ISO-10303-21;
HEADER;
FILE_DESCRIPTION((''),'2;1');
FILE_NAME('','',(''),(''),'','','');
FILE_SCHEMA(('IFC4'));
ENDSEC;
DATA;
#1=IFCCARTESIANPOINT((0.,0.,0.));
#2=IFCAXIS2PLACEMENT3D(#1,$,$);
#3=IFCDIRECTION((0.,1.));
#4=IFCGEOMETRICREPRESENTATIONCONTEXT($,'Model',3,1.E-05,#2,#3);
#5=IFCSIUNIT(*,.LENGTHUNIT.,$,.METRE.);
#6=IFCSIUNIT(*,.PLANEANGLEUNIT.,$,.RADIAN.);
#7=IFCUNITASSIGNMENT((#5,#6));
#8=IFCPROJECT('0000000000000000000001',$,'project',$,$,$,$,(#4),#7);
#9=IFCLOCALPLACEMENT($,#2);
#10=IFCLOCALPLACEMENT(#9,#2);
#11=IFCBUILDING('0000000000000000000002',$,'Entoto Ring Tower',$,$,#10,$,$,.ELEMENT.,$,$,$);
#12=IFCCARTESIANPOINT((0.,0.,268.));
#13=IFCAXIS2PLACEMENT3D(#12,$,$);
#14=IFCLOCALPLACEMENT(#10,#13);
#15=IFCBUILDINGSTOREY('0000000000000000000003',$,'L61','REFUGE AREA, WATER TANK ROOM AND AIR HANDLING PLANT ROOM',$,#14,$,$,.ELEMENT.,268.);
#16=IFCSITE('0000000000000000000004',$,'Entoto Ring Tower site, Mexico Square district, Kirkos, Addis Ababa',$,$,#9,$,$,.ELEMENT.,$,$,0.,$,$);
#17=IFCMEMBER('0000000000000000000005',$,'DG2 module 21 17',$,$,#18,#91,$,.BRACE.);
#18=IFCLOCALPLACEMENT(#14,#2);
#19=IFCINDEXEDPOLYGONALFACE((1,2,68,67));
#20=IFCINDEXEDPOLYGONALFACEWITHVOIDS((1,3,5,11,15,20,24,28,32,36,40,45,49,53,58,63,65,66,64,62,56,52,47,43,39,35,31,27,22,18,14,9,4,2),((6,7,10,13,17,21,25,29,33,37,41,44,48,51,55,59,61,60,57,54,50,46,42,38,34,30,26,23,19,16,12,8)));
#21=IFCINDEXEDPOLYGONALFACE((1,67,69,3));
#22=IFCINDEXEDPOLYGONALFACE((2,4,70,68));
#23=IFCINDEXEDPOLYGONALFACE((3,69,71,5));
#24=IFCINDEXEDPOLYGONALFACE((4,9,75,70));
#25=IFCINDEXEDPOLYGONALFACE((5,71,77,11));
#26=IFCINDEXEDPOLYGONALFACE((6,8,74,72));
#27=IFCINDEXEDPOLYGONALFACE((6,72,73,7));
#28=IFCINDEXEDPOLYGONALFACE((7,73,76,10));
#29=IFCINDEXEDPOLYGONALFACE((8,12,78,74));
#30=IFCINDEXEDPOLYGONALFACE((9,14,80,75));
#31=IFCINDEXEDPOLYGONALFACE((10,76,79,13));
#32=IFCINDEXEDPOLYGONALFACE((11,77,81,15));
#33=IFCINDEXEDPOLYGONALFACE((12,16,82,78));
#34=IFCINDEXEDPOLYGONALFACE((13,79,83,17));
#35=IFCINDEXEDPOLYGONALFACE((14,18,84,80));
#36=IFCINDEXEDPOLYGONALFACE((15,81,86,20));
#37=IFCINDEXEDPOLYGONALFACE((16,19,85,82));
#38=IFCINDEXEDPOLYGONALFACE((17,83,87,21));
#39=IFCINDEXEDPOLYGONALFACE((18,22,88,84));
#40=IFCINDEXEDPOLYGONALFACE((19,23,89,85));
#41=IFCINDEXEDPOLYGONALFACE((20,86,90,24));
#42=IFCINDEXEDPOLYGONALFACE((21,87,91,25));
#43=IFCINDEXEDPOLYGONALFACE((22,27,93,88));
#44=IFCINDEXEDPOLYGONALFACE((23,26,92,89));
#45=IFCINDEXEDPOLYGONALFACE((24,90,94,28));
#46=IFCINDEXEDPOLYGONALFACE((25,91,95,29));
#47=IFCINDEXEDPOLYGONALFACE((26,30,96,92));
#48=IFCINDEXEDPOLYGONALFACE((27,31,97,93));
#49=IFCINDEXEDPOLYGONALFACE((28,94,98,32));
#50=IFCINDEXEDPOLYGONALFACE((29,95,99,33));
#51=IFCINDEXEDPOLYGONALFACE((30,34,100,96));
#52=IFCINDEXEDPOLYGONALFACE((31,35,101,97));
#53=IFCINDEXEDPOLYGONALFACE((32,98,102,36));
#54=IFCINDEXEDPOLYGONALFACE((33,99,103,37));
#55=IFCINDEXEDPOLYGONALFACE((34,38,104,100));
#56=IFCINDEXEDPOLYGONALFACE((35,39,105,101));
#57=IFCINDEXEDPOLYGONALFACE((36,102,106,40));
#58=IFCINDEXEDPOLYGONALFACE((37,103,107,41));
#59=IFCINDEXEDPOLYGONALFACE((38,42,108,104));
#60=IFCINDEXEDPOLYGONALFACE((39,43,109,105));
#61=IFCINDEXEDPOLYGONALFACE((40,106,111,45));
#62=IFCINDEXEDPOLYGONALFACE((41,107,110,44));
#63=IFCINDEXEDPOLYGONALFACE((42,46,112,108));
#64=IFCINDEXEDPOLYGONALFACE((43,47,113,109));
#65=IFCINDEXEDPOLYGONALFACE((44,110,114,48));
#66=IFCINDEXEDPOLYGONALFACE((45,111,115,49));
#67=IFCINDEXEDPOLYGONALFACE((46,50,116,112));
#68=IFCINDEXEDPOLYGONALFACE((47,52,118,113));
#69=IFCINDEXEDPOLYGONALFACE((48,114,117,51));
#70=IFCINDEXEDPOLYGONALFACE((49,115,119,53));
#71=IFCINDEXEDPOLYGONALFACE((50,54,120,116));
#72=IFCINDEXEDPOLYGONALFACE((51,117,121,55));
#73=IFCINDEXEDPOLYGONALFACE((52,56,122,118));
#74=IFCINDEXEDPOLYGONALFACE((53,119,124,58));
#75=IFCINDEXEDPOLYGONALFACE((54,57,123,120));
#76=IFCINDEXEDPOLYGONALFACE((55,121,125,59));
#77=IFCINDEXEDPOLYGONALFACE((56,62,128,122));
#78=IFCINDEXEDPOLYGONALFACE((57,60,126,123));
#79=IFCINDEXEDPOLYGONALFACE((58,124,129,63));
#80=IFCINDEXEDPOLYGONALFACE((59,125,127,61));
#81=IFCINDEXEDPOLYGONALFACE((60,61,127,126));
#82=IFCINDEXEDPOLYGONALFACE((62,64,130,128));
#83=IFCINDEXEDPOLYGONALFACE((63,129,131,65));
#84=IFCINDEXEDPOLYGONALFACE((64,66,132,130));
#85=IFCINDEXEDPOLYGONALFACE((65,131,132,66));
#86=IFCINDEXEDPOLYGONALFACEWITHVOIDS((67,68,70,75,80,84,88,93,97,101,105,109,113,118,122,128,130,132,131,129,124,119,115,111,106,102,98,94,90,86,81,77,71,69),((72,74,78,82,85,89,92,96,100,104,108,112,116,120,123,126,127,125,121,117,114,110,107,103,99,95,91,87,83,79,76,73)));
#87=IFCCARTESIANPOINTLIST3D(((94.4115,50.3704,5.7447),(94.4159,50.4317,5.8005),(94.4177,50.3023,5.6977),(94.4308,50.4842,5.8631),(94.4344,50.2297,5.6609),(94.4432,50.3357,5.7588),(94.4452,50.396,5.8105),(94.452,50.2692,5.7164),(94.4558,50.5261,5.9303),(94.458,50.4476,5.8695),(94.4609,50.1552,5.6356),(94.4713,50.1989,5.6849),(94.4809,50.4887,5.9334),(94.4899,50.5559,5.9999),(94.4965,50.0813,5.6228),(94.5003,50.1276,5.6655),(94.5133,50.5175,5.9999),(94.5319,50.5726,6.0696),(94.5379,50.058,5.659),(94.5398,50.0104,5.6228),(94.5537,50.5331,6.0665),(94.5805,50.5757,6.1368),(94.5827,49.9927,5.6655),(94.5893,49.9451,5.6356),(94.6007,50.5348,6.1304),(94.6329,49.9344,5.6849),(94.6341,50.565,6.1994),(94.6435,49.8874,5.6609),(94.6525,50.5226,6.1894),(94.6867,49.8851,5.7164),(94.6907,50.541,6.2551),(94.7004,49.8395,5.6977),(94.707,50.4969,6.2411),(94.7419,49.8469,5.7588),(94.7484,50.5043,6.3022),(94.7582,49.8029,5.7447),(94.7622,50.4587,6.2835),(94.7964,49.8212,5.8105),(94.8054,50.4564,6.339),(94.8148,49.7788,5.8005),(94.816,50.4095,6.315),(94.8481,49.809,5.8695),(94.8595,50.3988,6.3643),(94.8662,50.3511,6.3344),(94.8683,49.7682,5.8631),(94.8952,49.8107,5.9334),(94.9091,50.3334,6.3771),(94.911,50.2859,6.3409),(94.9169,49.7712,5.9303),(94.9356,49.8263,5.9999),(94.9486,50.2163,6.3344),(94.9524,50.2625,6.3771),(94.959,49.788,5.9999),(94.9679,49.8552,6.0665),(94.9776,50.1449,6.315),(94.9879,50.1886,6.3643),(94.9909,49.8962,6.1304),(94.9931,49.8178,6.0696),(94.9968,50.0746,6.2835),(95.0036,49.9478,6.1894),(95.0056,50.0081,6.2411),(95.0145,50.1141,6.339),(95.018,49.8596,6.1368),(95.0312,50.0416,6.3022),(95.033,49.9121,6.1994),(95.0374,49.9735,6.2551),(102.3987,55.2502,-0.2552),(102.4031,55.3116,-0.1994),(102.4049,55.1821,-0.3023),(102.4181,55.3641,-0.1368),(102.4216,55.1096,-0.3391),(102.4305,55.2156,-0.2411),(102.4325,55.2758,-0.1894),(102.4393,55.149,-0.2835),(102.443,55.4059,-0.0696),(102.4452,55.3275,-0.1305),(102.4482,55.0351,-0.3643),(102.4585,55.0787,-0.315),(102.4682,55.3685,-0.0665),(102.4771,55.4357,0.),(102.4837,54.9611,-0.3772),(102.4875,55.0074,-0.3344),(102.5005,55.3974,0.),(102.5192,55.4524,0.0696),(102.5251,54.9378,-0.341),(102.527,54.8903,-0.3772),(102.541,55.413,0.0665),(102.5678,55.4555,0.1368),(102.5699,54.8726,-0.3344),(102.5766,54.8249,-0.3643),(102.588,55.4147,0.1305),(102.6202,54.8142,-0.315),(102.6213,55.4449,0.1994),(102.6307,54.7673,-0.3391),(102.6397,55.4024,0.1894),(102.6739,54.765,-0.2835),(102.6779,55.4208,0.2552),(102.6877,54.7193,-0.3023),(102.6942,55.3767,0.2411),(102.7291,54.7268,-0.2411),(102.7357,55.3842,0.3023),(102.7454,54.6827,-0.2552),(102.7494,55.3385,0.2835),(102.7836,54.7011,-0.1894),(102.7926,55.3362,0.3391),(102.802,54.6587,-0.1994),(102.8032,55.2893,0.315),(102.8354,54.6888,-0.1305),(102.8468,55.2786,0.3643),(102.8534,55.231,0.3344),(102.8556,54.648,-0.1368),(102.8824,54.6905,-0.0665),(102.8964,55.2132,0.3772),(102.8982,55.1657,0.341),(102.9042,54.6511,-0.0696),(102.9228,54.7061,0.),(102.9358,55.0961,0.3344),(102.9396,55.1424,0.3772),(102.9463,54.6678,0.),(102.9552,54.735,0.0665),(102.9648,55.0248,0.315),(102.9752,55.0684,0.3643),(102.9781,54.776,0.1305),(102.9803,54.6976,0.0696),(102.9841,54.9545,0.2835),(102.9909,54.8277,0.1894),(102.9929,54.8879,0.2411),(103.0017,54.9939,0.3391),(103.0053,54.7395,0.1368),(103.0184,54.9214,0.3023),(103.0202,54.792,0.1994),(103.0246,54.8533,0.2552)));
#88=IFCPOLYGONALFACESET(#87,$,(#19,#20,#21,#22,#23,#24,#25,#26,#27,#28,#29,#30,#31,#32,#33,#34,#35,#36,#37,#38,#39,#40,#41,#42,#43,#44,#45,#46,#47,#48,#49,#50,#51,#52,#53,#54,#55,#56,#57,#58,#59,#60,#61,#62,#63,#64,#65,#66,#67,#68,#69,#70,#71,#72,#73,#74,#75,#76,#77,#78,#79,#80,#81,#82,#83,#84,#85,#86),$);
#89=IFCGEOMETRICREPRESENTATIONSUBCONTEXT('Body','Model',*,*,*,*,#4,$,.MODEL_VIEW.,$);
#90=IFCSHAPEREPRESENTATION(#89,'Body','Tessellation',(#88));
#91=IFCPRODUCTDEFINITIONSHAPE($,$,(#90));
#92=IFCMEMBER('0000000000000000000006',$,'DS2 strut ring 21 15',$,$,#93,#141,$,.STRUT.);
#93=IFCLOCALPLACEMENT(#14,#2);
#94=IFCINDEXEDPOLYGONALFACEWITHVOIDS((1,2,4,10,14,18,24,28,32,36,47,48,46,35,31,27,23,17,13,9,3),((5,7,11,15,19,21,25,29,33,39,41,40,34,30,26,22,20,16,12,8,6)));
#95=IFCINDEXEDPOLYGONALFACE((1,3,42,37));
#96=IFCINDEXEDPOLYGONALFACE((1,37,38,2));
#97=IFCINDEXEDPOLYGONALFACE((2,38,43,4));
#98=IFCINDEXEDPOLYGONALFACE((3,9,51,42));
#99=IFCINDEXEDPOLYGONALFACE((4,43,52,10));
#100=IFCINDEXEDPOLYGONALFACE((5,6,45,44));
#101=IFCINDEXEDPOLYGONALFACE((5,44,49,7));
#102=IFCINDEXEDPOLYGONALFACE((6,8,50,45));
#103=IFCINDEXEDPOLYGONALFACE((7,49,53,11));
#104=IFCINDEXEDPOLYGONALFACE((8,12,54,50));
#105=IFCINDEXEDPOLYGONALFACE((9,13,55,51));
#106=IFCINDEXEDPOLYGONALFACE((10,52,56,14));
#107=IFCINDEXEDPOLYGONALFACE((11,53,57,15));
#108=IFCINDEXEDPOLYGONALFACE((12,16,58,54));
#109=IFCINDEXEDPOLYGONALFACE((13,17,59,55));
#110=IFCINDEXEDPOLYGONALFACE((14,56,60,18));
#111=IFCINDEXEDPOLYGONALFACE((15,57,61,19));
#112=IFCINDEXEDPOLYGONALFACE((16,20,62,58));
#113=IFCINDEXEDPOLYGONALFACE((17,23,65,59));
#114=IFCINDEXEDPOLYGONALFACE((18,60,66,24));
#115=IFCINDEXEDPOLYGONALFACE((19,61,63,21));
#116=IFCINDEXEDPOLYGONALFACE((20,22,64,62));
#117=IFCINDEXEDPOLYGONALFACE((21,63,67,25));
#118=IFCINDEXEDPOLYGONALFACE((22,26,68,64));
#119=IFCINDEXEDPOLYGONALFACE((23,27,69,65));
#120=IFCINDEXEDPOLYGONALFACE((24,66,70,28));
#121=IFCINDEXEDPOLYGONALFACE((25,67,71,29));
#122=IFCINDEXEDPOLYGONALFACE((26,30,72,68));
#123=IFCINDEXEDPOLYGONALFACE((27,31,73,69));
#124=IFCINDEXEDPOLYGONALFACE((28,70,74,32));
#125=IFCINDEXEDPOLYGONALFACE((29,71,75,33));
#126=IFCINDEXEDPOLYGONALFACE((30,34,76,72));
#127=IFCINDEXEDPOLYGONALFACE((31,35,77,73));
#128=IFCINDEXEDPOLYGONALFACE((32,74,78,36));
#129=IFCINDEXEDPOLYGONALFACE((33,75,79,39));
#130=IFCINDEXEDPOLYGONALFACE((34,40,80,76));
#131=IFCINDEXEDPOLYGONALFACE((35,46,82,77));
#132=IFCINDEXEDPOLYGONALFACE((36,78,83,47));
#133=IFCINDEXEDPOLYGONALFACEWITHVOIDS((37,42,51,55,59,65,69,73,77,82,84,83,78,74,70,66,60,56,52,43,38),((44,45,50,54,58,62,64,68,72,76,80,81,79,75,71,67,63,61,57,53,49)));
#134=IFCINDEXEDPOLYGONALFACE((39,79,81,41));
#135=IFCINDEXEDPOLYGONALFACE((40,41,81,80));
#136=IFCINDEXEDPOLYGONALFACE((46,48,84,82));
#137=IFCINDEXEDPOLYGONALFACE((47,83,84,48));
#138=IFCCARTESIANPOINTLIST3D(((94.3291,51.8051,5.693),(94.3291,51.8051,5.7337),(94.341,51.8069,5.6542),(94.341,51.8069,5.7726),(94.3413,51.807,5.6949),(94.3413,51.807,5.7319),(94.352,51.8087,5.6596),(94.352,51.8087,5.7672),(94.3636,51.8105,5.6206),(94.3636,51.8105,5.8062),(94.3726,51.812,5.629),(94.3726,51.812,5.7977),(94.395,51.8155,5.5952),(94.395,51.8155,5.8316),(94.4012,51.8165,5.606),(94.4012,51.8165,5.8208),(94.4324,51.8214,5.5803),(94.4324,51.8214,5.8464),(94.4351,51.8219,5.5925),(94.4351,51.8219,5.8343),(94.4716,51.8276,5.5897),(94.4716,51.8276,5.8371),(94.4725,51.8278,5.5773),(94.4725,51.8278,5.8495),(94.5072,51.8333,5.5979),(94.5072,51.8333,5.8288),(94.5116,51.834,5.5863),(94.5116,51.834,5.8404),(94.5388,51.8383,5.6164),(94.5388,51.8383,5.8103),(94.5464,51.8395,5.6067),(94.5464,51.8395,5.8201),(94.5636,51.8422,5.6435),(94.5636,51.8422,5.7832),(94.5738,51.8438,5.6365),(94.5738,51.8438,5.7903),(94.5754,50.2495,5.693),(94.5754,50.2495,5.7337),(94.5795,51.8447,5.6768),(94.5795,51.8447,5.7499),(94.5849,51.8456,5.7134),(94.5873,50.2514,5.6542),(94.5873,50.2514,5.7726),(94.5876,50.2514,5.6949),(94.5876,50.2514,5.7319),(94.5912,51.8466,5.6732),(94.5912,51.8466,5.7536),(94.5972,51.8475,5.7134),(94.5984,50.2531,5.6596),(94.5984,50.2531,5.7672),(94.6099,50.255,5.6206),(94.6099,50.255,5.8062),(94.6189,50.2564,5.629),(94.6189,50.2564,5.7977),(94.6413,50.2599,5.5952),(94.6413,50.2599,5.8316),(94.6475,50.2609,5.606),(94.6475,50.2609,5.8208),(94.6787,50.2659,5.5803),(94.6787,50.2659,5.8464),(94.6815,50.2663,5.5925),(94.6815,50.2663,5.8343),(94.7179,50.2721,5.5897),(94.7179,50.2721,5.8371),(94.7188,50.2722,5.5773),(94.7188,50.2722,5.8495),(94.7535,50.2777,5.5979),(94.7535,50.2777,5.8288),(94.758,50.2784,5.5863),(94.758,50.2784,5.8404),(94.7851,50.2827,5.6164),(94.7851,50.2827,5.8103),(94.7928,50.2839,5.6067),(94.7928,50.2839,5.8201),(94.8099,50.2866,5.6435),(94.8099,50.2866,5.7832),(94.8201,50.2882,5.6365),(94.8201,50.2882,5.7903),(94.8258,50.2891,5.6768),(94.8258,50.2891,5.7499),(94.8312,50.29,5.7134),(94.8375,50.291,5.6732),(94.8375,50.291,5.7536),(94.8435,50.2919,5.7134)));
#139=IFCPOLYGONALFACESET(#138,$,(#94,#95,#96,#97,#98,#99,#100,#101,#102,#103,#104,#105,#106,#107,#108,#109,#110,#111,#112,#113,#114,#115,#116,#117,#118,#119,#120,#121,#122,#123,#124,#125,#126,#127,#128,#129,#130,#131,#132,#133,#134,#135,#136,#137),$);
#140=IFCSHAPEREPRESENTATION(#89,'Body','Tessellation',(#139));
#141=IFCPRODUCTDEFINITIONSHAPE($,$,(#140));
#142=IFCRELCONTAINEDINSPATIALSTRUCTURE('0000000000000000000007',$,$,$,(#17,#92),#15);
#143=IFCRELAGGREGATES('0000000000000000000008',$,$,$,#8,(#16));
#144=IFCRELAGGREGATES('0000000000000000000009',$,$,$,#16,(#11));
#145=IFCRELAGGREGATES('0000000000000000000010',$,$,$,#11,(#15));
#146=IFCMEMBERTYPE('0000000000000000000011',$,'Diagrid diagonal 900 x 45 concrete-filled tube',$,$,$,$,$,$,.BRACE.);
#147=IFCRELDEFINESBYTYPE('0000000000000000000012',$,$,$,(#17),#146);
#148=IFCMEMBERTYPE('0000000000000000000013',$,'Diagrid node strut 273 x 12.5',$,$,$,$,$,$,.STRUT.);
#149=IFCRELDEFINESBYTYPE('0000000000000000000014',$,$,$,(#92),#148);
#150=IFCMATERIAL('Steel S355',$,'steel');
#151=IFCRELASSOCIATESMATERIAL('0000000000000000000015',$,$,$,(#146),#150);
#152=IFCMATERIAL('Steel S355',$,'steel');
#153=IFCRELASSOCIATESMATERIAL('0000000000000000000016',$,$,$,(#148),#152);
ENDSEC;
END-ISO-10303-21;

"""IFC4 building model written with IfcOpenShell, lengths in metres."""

from ifc_helpers import new_model, si_unit, direction, frame, origin, origin_2d, place, context, subcontext, project, spatial, circle, hollow_circle, extrude, material, material_profile, profile_set, type_object, element, save


model = new_model("IFC4")

# Units and contexts
model_context = context("Model", 3, precision=1e-05, world=origin(), true_north=direction((0.0, 1.0)))
body_context = subcontext(model_context, "Body", "Model", "MODEL_VIEW")
ifc_project = project(units=[si_unit("LENGTHUNIT", "METRE"), si_unit("PLANEANGLEUNIT", "RADIAN")], contexts=[model_context])

# Site, building, storey
site_placement = place(None, origin())
site = spatial("IfcSite", under=ifc_project, at=site_placement, Name="Entoto Ring Tower site, Mexico Square district, Kirkos, Addis Ababa", CompositionType="ELEMENT", RefElevation=0.0)
building_placement = place(site_placement, origin())
building = spatial("IfcBuilding", under=site, at=building_placement, Name="Entoto Ring Tower", CompositionType="ELEMENT")
storey_placement = place(building_placement, frame((0.0, 0.0, 268.0)))
storey = spatial("IfcBuildingStorey", under=building, at=storey_placement, Name="L61", Description="REFUGE AREA, WATER TANK ROOM AND AIR HANDLING PLANT ROOM", CompositionType="ELEMENT", Elevation=268.0)

# Members
ifc_material_1 = material(Name="Steel S355", Category="steel")
ifc_material_profile_1 = material_profile(ifc_material_1, hollow_circle(Radius=0.45, WallThickness=0.0449, at=origin_2d()), Name="CHS 900 x 45")
ifc_material_2 = material(Name="Concrete C60/75", Category="concrete")
ifc_material_profile_2 = material_profile(ifc_material_2, circle(Radius=0.405, at=origin_2d()), Name="Concrete C60/75 infill")
ifc_profile_set_1 = profile_set([ifc_material_profile_1, ifc_material_profile_2], Name="Steel S355")
member_type_1 = type_object("IfcMemberType", Name="Diagrid diagonal 900 x 45 concrete-filled tube", PredefinedType="BRACE", material=ifc_profile_set_1)
member_1_placement = place(storey_placement, frame((102.7117, 55.0518, 0.0), z_axis=(-0.718411, -0.438917, 0.539665), x_axis=(0.521353, -0.853341, 0.0)))
element("IfcMember", 1, at=member_1_placement, inside=storey, type_object=member_type_1, Name="DG2 module 21 17", PredefinedType="BRACE", context=body_context, shape_type="SweptSolid", body=[
    extrude(hollow_circle(Radius=0.45, WallThickness=0.0449, at=origin_2d()), origin(), (0.0, 0.0, 1.0), 11.1179),
])
ifc_material_3 = material(Name="Steel S355", Category="steel")
ifc_material_profile_3 = material_profile(ifc_material_3, hollow_circle(Radius=0.1365, WallThickness=0.0125, at=origin_2d()), Name="CHS 273 x 12.5")
ifc_material_4 = material(Name="Concrete C60/75", Category="concrete")
ifc_material_profile_4 = material_profile(ifc_material_4, circle(Radius=0.124, at=origin_2d()), Name="Concrete C60/75 infill")
ifc_profile_set_2 = profile_set([ifc_material_profile_3, ifc_material_profile_4], Name="Steel S355")
member_type_2 = type_object("IfcMemberType", Name="Diagrid node strut 273 x 12.5", PredefinedType="STRUT", material=ifc_profile_set_2)
member_2_placement = place(storey_placement, frame((94.4624, 51.8262, 5.7134), z_axis=(0.1564, -0.987694, 0.0), x_axis=(0.987694, 0.1564, 0.0)))
element("IfcMember", 2, at=member_2_placement, inside=storey, type_object=member_type_2, Name="DS2 strut ring 21 15", PredefinedType="STRUT", context=body_context, shape_type="SweptSolid", body=[
    extrude(hollow_circle(Radius=0.1365, WallThickness=0.0125, at=origin_2d()), origin(), (0.0, 0.0, 1.0), 1.575),
])

save(model, "model.ifc")
